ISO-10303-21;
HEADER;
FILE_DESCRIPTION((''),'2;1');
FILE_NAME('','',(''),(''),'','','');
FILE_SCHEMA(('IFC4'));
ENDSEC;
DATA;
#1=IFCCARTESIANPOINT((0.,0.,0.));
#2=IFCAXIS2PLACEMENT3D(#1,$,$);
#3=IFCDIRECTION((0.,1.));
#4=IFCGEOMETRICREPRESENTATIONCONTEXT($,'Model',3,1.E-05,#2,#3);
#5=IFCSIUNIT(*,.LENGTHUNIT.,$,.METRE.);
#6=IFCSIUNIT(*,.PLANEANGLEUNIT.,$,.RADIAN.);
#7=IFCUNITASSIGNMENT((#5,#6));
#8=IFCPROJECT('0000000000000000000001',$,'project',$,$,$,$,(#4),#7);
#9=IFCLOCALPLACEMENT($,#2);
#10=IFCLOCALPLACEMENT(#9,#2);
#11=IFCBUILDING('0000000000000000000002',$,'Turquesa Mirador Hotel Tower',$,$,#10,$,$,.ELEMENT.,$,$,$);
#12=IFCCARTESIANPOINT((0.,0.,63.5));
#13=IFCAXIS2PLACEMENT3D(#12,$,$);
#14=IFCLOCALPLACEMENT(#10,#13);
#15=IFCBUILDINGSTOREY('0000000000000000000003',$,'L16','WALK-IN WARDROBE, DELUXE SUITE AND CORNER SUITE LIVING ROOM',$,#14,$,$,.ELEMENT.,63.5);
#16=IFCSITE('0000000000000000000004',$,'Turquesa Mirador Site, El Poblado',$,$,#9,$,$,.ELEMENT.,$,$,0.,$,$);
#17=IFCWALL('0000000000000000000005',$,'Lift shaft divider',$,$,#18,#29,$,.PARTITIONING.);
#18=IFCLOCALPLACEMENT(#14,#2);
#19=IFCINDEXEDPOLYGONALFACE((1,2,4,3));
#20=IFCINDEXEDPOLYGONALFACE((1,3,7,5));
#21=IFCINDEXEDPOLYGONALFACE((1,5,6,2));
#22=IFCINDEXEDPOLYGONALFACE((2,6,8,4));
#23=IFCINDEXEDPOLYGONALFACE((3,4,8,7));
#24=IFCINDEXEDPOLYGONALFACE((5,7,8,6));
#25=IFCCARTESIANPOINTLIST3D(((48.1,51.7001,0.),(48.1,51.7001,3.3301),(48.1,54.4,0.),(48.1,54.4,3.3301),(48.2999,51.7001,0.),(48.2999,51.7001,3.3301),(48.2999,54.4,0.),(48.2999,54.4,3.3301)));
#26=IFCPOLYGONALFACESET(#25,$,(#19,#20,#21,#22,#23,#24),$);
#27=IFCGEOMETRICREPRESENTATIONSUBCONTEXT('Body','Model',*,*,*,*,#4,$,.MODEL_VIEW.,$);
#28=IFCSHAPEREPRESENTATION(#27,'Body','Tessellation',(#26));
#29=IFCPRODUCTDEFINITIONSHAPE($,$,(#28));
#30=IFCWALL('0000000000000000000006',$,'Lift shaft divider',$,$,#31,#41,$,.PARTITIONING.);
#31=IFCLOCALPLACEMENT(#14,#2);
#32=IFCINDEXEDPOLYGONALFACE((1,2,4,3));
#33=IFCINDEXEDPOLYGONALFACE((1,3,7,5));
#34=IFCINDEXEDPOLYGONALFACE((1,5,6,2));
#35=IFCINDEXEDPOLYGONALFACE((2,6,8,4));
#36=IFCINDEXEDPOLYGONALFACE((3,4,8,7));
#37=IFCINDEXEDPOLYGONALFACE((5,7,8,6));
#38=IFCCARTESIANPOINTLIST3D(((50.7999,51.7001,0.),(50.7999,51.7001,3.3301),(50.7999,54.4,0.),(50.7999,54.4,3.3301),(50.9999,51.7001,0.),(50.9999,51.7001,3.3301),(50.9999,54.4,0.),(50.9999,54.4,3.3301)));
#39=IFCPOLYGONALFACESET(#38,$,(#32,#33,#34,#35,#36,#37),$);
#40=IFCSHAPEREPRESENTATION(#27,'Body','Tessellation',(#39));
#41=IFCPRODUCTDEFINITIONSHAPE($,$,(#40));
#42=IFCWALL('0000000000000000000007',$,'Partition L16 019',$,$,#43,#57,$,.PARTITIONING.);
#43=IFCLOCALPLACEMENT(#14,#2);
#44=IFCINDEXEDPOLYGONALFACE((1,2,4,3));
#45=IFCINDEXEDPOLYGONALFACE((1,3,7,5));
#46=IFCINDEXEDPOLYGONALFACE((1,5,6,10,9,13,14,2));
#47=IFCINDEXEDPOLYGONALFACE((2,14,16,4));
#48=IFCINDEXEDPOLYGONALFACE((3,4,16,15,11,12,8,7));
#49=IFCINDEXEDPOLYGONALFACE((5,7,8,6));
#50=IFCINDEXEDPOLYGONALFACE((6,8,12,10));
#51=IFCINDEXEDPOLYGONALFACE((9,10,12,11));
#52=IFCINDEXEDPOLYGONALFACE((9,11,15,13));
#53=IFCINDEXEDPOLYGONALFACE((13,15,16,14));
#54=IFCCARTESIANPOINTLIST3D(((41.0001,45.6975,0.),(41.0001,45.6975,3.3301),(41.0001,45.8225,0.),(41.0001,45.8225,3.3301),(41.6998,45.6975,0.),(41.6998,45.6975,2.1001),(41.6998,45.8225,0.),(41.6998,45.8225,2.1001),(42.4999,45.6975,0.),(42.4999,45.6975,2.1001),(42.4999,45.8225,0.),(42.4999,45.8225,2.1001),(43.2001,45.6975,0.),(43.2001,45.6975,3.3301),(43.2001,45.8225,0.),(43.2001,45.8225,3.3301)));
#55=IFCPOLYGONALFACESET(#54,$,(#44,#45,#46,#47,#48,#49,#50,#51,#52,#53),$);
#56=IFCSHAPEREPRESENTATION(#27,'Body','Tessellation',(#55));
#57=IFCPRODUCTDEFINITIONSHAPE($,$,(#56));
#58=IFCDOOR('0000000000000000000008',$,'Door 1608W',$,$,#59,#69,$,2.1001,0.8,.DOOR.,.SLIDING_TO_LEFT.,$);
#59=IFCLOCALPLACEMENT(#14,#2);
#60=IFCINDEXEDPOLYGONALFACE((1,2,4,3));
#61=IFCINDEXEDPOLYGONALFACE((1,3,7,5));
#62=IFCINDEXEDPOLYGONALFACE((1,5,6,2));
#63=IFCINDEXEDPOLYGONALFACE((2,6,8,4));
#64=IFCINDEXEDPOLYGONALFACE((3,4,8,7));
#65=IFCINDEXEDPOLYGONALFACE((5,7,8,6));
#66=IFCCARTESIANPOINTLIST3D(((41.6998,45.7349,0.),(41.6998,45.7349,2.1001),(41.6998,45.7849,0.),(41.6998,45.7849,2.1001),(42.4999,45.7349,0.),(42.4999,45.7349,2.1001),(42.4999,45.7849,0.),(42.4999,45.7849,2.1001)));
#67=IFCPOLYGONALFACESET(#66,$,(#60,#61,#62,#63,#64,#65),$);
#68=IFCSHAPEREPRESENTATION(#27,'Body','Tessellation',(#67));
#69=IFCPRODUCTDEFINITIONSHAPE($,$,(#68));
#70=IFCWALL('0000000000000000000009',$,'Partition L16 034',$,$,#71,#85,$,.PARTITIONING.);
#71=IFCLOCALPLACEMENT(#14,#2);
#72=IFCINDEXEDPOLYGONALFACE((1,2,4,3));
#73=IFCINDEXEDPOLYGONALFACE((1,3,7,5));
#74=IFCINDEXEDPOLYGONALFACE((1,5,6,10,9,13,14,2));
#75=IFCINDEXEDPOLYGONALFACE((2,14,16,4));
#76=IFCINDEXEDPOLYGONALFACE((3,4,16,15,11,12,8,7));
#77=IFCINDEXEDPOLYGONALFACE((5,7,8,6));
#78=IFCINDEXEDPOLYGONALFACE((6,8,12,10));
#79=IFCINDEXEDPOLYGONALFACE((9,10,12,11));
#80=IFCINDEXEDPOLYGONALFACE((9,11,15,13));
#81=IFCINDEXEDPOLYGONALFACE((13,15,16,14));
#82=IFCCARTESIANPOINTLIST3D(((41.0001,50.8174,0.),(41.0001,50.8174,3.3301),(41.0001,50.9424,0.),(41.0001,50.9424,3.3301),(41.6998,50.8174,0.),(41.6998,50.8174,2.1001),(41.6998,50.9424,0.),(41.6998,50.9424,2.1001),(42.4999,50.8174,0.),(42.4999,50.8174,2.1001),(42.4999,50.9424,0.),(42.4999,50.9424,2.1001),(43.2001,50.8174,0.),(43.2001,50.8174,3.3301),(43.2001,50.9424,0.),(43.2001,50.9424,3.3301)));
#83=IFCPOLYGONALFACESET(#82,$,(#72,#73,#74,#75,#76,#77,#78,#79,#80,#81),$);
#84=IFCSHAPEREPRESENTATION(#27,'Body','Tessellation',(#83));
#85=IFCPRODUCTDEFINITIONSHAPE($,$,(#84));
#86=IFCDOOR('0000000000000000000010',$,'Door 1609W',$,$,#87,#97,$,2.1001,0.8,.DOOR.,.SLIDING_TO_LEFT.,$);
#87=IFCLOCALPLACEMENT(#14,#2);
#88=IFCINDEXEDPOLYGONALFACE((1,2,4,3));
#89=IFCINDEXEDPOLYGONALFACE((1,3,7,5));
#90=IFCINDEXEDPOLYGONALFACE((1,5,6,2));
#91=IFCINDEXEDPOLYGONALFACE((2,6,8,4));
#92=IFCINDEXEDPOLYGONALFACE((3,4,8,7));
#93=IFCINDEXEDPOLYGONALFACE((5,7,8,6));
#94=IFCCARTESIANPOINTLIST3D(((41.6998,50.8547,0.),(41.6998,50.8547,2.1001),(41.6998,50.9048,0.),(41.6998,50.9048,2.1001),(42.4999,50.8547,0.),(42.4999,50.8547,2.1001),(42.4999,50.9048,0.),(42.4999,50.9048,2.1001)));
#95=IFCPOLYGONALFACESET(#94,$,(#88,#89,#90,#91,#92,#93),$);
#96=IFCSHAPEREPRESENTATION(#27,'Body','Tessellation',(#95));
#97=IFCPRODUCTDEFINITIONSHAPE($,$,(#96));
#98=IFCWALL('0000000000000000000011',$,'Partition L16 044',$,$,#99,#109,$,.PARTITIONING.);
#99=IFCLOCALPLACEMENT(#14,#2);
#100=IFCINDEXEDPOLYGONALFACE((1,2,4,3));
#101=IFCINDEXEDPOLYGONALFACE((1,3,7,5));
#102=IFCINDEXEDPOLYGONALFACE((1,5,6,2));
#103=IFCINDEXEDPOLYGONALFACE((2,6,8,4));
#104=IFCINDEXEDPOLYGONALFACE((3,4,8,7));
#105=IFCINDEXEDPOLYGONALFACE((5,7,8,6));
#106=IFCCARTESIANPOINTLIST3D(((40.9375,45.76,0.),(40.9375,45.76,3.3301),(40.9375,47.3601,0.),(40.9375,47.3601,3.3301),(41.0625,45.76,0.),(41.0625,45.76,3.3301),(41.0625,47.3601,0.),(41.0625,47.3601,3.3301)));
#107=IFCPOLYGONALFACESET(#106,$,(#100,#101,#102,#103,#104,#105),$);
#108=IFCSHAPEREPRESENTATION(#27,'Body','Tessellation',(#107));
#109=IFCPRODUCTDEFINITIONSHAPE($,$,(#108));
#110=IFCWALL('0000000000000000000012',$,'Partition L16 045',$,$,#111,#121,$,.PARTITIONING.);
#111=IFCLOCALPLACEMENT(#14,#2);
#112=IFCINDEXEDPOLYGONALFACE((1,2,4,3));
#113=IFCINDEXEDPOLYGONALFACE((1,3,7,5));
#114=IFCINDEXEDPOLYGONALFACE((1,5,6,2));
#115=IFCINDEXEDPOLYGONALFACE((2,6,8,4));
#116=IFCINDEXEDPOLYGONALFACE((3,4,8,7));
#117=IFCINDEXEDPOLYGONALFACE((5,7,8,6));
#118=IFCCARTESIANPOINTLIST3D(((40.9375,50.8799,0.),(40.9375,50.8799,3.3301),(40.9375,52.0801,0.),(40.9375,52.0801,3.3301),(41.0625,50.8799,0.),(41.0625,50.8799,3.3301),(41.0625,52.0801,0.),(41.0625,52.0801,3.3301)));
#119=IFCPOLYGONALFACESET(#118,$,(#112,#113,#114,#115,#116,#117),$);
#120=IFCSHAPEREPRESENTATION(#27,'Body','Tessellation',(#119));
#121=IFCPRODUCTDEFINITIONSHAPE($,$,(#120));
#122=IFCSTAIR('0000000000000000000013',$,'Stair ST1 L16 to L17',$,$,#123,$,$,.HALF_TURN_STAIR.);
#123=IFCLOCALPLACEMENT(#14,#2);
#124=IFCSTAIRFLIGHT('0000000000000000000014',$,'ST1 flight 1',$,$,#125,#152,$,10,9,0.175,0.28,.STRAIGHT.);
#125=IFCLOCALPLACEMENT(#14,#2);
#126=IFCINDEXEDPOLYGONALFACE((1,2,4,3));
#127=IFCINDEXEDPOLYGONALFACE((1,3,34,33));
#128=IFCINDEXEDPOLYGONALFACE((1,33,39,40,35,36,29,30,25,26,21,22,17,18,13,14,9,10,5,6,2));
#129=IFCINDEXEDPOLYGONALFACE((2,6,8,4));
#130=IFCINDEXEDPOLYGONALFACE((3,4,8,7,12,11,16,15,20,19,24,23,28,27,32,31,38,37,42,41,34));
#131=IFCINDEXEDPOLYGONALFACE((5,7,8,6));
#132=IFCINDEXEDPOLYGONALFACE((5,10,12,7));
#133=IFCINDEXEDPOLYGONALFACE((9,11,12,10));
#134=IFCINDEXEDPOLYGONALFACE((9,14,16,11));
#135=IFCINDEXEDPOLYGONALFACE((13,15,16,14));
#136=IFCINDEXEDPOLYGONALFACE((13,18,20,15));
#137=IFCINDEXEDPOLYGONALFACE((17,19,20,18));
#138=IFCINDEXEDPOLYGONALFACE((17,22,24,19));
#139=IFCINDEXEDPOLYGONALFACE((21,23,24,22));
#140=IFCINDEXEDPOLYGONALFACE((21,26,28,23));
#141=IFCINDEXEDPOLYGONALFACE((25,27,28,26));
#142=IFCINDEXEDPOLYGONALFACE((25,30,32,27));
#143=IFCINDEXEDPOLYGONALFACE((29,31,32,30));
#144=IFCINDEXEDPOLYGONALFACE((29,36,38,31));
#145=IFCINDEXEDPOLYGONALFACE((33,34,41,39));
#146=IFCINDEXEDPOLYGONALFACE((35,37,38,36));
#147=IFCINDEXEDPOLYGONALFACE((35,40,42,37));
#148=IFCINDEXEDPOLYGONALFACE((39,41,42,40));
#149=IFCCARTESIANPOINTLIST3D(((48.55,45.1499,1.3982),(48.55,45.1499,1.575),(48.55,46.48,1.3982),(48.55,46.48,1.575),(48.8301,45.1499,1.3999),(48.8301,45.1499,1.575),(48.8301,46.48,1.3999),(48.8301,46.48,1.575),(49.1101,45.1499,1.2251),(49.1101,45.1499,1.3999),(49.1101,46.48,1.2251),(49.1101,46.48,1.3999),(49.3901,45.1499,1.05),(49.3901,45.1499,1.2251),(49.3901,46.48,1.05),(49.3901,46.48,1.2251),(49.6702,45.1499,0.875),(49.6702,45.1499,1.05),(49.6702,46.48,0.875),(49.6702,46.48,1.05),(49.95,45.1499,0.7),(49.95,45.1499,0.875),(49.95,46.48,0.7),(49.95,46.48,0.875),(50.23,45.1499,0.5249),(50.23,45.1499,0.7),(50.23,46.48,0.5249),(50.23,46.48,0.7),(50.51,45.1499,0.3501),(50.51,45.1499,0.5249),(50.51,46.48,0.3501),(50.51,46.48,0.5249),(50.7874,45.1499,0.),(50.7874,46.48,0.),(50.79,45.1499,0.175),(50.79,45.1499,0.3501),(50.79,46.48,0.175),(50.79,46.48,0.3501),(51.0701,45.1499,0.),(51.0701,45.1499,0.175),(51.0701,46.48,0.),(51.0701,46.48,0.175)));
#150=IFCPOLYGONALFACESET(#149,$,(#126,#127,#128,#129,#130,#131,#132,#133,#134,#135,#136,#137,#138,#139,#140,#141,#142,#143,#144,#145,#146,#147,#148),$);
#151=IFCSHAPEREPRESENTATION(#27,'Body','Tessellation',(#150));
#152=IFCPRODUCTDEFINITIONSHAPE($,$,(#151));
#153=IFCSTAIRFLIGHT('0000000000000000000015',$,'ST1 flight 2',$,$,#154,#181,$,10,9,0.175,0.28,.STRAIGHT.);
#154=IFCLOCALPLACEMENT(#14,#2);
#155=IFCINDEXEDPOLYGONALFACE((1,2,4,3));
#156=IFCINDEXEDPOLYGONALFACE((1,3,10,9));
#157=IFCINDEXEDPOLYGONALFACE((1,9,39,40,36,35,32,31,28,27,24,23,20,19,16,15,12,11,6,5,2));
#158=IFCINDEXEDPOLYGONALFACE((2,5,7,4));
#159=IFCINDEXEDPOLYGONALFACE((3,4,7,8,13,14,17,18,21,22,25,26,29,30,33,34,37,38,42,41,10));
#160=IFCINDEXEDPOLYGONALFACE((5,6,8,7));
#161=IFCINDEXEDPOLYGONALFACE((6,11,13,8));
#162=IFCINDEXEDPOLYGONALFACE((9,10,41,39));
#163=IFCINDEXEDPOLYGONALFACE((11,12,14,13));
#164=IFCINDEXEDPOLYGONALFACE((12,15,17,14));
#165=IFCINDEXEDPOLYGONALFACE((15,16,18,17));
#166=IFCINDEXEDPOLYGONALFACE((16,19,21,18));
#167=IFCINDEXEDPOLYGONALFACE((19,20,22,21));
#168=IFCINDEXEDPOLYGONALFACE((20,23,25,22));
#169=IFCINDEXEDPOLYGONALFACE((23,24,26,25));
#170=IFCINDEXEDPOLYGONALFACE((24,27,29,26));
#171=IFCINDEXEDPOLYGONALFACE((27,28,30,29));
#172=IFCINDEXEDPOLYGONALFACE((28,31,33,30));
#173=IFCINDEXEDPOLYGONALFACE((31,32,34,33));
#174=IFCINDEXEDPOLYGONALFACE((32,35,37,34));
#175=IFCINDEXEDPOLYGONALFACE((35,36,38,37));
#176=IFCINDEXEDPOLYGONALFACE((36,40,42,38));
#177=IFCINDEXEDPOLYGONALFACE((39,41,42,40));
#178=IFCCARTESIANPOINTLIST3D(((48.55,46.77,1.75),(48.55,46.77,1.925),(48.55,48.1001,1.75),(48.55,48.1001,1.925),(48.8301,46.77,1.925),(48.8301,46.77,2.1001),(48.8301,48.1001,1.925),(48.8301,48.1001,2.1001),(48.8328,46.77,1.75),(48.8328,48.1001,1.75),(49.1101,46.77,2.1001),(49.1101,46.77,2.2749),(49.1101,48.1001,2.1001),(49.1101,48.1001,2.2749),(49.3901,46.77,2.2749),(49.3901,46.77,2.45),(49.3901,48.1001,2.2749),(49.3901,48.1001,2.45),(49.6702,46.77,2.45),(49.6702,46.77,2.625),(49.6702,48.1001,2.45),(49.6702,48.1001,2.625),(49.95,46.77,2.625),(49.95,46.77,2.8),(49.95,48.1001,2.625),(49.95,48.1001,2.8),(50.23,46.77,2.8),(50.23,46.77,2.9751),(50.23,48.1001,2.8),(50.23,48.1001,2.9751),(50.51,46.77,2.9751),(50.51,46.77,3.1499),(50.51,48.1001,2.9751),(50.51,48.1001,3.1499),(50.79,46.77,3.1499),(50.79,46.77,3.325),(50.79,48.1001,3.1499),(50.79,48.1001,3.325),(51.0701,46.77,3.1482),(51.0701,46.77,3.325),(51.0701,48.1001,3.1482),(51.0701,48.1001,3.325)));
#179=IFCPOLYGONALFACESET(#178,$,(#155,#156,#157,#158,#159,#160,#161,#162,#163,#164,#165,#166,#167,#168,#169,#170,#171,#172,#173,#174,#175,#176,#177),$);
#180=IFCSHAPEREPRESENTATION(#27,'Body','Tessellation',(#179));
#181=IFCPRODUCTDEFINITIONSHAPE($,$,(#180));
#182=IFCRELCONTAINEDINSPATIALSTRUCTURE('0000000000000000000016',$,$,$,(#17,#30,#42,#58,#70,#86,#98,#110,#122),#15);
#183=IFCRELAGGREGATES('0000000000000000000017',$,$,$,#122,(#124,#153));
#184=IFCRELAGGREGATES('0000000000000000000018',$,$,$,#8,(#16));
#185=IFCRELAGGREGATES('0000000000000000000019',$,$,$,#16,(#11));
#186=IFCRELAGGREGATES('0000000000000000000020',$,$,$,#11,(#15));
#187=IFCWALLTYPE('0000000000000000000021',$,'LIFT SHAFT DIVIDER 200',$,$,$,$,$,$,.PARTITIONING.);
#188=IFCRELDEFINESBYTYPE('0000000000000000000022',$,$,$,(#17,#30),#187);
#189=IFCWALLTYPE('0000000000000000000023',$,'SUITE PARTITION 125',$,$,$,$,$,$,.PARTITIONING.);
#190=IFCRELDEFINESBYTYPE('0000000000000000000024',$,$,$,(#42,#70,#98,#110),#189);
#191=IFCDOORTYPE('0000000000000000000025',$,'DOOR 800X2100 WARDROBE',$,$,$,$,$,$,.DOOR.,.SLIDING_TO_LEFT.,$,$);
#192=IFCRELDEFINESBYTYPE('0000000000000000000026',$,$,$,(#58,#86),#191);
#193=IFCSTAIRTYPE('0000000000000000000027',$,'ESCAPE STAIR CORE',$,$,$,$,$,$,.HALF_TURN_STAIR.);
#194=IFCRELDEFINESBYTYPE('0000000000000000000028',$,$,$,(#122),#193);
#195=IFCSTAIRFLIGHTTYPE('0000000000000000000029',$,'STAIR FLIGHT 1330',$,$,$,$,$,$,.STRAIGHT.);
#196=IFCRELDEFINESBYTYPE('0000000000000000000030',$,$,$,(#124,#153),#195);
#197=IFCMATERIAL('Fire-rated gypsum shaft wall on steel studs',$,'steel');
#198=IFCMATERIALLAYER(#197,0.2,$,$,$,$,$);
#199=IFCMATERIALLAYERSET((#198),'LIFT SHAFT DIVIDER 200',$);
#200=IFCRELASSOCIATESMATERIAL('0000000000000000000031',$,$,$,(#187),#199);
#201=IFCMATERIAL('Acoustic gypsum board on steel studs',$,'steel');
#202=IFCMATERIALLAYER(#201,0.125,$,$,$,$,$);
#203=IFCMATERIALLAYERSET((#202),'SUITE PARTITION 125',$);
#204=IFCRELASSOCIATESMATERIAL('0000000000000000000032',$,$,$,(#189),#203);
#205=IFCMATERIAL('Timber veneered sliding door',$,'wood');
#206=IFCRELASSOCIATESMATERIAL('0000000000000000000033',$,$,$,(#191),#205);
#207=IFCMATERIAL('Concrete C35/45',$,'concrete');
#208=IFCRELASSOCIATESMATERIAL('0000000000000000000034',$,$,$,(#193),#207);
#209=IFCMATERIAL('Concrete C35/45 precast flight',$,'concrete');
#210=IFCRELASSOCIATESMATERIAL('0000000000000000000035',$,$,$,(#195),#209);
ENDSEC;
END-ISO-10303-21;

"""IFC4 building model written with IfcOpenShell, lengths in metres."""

from ifc_helpers import new_model, si_unit, direction, frame, frame_2d, origin, place, context, subcontext, project, spatial, polyline, rectangle, outline, extrude, material, layer, layer_set, type_object, element, fill, aggregate, save


model = new_model("IFC4")

# Units and contexts
model_context = context("Model", 3, precision=1e-05, world=origin(), true_north=direction((0.0, 1.0)))
body_context = subcontext(model_context, "Body", "Model", "MODEL_VIEW")
ifc_project = project(units=[si_unit("LENGTHUNIT", "METRE"), si_unit("PLANEANGLEUNIT", "RADIAN")], contexts=[model_context])

# Site, building, storey
site_placement = place(None, origin())
site = spatial("IfcSite", under=ifc_project, at=site_placement, Name="Turquesa Mirador Site, El Poblado", CompositionType="ELEMENT", RefElevation=0.0)
building_placement = place(site_placement, origin())
building = spatial("IfcBuilding", under=site, at=building_placement, Name="Turquesa Mirador Hotel Tower", CompositionType="ELEMENT")
storey_placement = place(building_placement, frame((0.0, 0.0, 63.5)))
storey = spatial("IfcBuildingStorey", under=building, at=storey_placement, Name="L16", Description="WALK-IN WARDROBE, DELUXE SUITE AND CORNER SUITE LIVING ROOM", CompositionType="ELEMENT", Elevation=63.5)

# Walls
ifc_material_1 = material(Name="Fire-rated gypsum shaft wall on steel studs", Category="steel")
ifc_layer_1 = layer(ifc_material_1, 0.2)
ifc_layer_set_1 = layer_set([ifc_layer_1], Name="LIFT SHAFT DIVIDER 200")
wall_type_1 = type_object("IfcWallType", Name="LIFT SHAFT DIVIDER 200", PredefinedType="PARTITIONING", material=ifc_layer_set_1)
for number, where, z_axis, x_axis, name in (
    (1, (48.2, 51.7, 0.0), (0.0, 0.0, 1.0), (0.0, 1.0, 0.0), "Lift shaft divider"),
    (2, (50.8999, 51.7, 0.0), (0.0, 0.0, 1.0), (0.0, 1.0, 0.0), "Lift shaft divider"),
):
    element("IfcWall", number, at=place(storey_placement, frame(where, z_axis=z_axis, x_axis=x_axis)), inside=storey, type_object=wall_type_1, Name=name, PredefinedType="PARTITIONING", context=body_context, shape_type="SweptSolid", body=[
        extrude(rectangle(XDim=2.7, YDim=0.2, at=frame_2d((1.3501, 0.0))), origin(), (0.0, 0.0, 1.0), 3.3301),
    ])

# Walls, openings, doors
ifc_material_2 = material(Name="Acoustic gypsum board on steel studs", Category="steel")
ifc_layer_2 = layer(ifc_material_2, 0.125)
ifc_layer_set_2 = layer_set([ifc_layer_2], Name="SUITE PARTITION 125")
wall_type_2 = type_object("IfcWallType", Name="SUITE PARTITION 125", PredefinedType="PARTITIONING", material=ifc_layer_set_2)
wall_1_placement = place(storey_placement, frame((41.0, 45.76, 0.0), z_axis=(0.0, 0.0, 1.0), x_axis=(1.0, 0.0, 0.0)))
wall_1 = element("IfcWall", 3, at=wall_1_placement, inside=storey, type_object=wall_type_2, Name="Partition L16 019", PredefinedType="PARTITIONING", context=body_context, shape_type="SweptSolid", body=[
    extrude(rectangle(XDim=2.2, YDim=0.125, at=frame_2d((1.1001, 0.0))), origin(), (0.0, 0.0, 1.0), 3.3301),
])
opening_1_placement = place(wall_1_placement, frame((0.7, 0.0, 0.0)))
opening_1 = element("IfcOpeningElement", 4, at=opening_1_placement, cuts=wall_1, PredefinedType="OPENING", context=body_context, shape_type="SweptSolid", body=[
    extrude(rectangle(XDim=0.8, YDim=2.1001, at=frame_2d((0.3999, 1.05))), frame((0.0, 0.0725, 0.0), z_axis=(0.0, -1.0, 0.0), x_axis=(1.0, 0.0, 0.0)), (0.0, 0.0, 1.0), 0.145),
])
ifc_material_3 = material(Name="Timber veneered sliding door", Category="wood")
door_type_1 = type_object("IfcDoorType", Name="DOOR 800X2100 WARDROBE", OperationType="SLIDING_TO_LEFT", PredefinedType="DOOR", material=ifc_material_3)
door_1_placement = place(opening_1_placement, origin())
door_1 = element("IfcDoor", 5, at=door_1_placement, inside=storey, type_object=door_type_1, Name="Door 1608W", OperationType="SLIDING_TO_LEFT", OverallHeight=2.1001, OverallWidth=0.8, PredefinedType="DOOR", context=body_context, shape_type="SweptSolid", body=[
    extrude(rectangle(XDim=0.8, YDim=2.1001, at=frame_2d((0.3999, 1.05))), frame((0.0, 0.0249, 0.0), z_axis=(0.0, -1.0, 0.0), x_axis=(1.0, 0.0, 0.0)), (0.0, 0.0, 1.0), 0.05),
])
fill(opening_1, door_1)
wall_2_placement = place(storey_placement, frame((41.0, 50.8799, 0.0), z_axis=(0.0, 0.0, 1.0), x_axis=(1.0, 0.0, 0.0)))
wall_2 = element("IfcWall", 6, at=wall_2_placement, inside=storey, type_object=wall_type_2, Name="Partition L16 034", PredefinedType="PARTITIONING", context=body_context, shape_type="SweptSolid", body=[
    extrude(rectangle(XDim=2.2, YDim=0.125, at=frame_2d((1.1001, 0.0))), origin(), (0.0, 0.0, 1.0), 3.3301),
])
opening_2_placement = place(wall_2_placement, frame((0.7, 0.0, 0.0)))
opening_2 = element("IfcOpeningElement", 7, at=opening_2_placement, cuts=wall_2, PredefinedType="OPENING", context=body_context, shape_type="SweptSolid", body=[
    extrude(rectangle(XDim=0.8, YDim=2.1001, at=frame_2d((0.3999, 1.05))), frame((0.0, 0.0725, 0.0), z_axis=(0.0, -1.0, 0.0), x_axis=(1.0, 0.0, 0.0)), (0.0, 0.0, 1.0), 0.145),
])
door_2_placement = place(opening_2_placement, origin())
door_2 = element("IfcDoor", 8, at=door_2_placement, inside=storey, type_object=door_type_1, Name="Door 1609W", OperationType="SLIDING_TO_LEFT", OverallHeight=2.1001, OverallWidth=0.8, PredefinedType="DOOR", context=body_context, shape_type="SweptSolid", body=[
    extrude(rectangle(XDim=0.8, YDim=2.1001, at=frame_2d((0.3999, 1.05))), frame((0.0, 0.0249, 0.0), z_axis=(0.0, -1.0, 0.0), x_axis=(1.0, 0.0, 0.0)), (0.0, 0.0, 1.0), 0.05),
])
fill(opening_2, door_2)

# Walls
wall_3_placement = place(storey_placement, frame((41.0, 45.76, 0.0), z_axis=(0.0, 0.0, 1.0), x_axis=(0.0, 1.0, 0.0)))
element("IfcWall", 9, at=wall_3_placement, inside=storey, type_object=wall_type_2, Name="Partition L16 044", PredefinedType="PARTITIONING", context=body_context, shape_type="SweptSolid", body=[
    extrude(rectangle(XDim=1.6001, YDim=0.125, at=frame_2d((0.8, 0.0))), origin(), (0.0, 0.0, 1.0), 3.3301),
])
wall_4_placement = place(storey_placement, frame((41.0, 50.8799, 0.0), z_axis=(0.0, 0.0, 1.0), x_axis=(0.0, 1.0, 0.0)))
element("IfcWall", 10, at=wall_4_placement, inside=storey, type_object=wall_type_2, Name="Partition L16 045", PredefinedType="PARTITIONING", context=body_context, shape_type="SweptSolid", body=[
    extrude(rectangle(XDim=1.2002, YDim=0.125, at=frame_2d((0.6001, 0.0))), origin(), (0.0, 0.0, 1.0), 3.3301),
])

# Stair, stair flights
ifc_material_4 = material(Name="Concrete C35/45", Category="concrete")
stair_type = type_object("IfcStairType", Name="ESCAPE STAIR CORE", PredefinedType="HALF_TURN_STAIR", material=ifc_material_4)
stair_1_placement = place(storey_placement, origin())
stair_1 = element("IfcStair", 11, at=stair_1_placement, inside=storey, type_object=stair_type, Name="Stair ST1 L16 to L17", PredefinedType="HALF_TURN_STAIR")
ifc_material_5 = material(Name="Concrete C35/45 precast flight", Category="concrete")
stair_flight_type = type_object("IfcStairFlightType", Name="STAIR FLIGHT 1330", PredefinedType="STRAIGHT", material=ifc_material_5)
stair_flight_1_placement = place(storey_placement, frame((51.0701, 45.8149, 0.0), z_axis=(0.0, 0.0, 1.0), x_axis=(-1.0, 0.0, 0.0)))
stair_flight_1 = element("IfcStairFlight", 12, at=stair_flight_1_placement, type_object=stair_flight_type, Name="ST1 flight 1", NumberOfRisers=10, NumberOfTreads=9, PredefinedType="STRAIGHT", RiserHeight=0.175, TreadLength=0.28, context=body_context, shape_type="SweptSolid", body=[
    extrude(outline(polyline([(0.0, 0.0), (0.0, 0.175), (0.28, 0.175), (0.28, 0.3501), (0.5601, 0.3501), (0.5601, 0.5249), (0.8401, 0.5249), (0.8401, 0.7), (1.1201, 0.7), (1.1201, 0.875), (1.3999, 0.875), (1.3999, 1.05), (1.6799, 1.05), (1.6799, 1.2251), (1.96, 1.2251), (1.96, 1.3999), (2.24, 1.3999), (2.24, 1.575), (2.52, 1.575), (2.52, 1.75), (2.52, 1.3982), (0.2827, 0.0), (0.0, 0.0)])), frame((0.0, 0.665, 0.0), z_axis=(0.0, -1.0, 0.0), x_axis=(1.0, 0.0, 0.0)), (0.0, 0.0, 1.0), 1.3301),
])
stair_flight_2_placement = place(storey_placement, frame((48.55, 47.4351, 1.75), z_axis=(0.0, 0.0, 1.0), x_axis=(1.0, 0.0, 0.0)))
stair_flight_2 = element("IfcStairFlight", 13, at=stair_flight_2_placement, type_object=stair_flight_type, Name="ST1 flight 2", NumberOfRisers=10, NumberOfTreads=9, PredefinedType="STRAIGHT", RiserHeight=0.175, TreadLength=0.28, context=body_context, shape_type="SweptSolid", body=[
    extrude(outline(polyline([(0.0, 0.0), (0.0, 0.175), (0.28, 0.175), (0.28, 0.3501), (0.5601, 0.3501), (0.5601, 0.5249), (0.8401, 0.5249), (0.8401, 0.7), (1.1201, 0.7), (1.1201, 0.875), (1.3999, 0.875), (1.3999, 1.05), (1.6799, 1.05), (1.6799, 1.2251), (1.96, 1.2251), (1.96, 1.3999), (2.24, 1.3999), (2.24, 1.575), (2.52, 1.575), (2.52, 1.75), (2.52, 1.3982), (0.2827, 0.0), (0.0, 0.0)])), frame((0.0, 0.665, 0.0), z_axis=(0.0, -1.0, 0.0), x_axis=(1.0, 0.0, 0.0)), (0.0, 0.0, 1.0), 1.3301),
])
aggregate(stair_1, [stair_flight_1, stair_flight_2])

save(model, "model.ifc")
